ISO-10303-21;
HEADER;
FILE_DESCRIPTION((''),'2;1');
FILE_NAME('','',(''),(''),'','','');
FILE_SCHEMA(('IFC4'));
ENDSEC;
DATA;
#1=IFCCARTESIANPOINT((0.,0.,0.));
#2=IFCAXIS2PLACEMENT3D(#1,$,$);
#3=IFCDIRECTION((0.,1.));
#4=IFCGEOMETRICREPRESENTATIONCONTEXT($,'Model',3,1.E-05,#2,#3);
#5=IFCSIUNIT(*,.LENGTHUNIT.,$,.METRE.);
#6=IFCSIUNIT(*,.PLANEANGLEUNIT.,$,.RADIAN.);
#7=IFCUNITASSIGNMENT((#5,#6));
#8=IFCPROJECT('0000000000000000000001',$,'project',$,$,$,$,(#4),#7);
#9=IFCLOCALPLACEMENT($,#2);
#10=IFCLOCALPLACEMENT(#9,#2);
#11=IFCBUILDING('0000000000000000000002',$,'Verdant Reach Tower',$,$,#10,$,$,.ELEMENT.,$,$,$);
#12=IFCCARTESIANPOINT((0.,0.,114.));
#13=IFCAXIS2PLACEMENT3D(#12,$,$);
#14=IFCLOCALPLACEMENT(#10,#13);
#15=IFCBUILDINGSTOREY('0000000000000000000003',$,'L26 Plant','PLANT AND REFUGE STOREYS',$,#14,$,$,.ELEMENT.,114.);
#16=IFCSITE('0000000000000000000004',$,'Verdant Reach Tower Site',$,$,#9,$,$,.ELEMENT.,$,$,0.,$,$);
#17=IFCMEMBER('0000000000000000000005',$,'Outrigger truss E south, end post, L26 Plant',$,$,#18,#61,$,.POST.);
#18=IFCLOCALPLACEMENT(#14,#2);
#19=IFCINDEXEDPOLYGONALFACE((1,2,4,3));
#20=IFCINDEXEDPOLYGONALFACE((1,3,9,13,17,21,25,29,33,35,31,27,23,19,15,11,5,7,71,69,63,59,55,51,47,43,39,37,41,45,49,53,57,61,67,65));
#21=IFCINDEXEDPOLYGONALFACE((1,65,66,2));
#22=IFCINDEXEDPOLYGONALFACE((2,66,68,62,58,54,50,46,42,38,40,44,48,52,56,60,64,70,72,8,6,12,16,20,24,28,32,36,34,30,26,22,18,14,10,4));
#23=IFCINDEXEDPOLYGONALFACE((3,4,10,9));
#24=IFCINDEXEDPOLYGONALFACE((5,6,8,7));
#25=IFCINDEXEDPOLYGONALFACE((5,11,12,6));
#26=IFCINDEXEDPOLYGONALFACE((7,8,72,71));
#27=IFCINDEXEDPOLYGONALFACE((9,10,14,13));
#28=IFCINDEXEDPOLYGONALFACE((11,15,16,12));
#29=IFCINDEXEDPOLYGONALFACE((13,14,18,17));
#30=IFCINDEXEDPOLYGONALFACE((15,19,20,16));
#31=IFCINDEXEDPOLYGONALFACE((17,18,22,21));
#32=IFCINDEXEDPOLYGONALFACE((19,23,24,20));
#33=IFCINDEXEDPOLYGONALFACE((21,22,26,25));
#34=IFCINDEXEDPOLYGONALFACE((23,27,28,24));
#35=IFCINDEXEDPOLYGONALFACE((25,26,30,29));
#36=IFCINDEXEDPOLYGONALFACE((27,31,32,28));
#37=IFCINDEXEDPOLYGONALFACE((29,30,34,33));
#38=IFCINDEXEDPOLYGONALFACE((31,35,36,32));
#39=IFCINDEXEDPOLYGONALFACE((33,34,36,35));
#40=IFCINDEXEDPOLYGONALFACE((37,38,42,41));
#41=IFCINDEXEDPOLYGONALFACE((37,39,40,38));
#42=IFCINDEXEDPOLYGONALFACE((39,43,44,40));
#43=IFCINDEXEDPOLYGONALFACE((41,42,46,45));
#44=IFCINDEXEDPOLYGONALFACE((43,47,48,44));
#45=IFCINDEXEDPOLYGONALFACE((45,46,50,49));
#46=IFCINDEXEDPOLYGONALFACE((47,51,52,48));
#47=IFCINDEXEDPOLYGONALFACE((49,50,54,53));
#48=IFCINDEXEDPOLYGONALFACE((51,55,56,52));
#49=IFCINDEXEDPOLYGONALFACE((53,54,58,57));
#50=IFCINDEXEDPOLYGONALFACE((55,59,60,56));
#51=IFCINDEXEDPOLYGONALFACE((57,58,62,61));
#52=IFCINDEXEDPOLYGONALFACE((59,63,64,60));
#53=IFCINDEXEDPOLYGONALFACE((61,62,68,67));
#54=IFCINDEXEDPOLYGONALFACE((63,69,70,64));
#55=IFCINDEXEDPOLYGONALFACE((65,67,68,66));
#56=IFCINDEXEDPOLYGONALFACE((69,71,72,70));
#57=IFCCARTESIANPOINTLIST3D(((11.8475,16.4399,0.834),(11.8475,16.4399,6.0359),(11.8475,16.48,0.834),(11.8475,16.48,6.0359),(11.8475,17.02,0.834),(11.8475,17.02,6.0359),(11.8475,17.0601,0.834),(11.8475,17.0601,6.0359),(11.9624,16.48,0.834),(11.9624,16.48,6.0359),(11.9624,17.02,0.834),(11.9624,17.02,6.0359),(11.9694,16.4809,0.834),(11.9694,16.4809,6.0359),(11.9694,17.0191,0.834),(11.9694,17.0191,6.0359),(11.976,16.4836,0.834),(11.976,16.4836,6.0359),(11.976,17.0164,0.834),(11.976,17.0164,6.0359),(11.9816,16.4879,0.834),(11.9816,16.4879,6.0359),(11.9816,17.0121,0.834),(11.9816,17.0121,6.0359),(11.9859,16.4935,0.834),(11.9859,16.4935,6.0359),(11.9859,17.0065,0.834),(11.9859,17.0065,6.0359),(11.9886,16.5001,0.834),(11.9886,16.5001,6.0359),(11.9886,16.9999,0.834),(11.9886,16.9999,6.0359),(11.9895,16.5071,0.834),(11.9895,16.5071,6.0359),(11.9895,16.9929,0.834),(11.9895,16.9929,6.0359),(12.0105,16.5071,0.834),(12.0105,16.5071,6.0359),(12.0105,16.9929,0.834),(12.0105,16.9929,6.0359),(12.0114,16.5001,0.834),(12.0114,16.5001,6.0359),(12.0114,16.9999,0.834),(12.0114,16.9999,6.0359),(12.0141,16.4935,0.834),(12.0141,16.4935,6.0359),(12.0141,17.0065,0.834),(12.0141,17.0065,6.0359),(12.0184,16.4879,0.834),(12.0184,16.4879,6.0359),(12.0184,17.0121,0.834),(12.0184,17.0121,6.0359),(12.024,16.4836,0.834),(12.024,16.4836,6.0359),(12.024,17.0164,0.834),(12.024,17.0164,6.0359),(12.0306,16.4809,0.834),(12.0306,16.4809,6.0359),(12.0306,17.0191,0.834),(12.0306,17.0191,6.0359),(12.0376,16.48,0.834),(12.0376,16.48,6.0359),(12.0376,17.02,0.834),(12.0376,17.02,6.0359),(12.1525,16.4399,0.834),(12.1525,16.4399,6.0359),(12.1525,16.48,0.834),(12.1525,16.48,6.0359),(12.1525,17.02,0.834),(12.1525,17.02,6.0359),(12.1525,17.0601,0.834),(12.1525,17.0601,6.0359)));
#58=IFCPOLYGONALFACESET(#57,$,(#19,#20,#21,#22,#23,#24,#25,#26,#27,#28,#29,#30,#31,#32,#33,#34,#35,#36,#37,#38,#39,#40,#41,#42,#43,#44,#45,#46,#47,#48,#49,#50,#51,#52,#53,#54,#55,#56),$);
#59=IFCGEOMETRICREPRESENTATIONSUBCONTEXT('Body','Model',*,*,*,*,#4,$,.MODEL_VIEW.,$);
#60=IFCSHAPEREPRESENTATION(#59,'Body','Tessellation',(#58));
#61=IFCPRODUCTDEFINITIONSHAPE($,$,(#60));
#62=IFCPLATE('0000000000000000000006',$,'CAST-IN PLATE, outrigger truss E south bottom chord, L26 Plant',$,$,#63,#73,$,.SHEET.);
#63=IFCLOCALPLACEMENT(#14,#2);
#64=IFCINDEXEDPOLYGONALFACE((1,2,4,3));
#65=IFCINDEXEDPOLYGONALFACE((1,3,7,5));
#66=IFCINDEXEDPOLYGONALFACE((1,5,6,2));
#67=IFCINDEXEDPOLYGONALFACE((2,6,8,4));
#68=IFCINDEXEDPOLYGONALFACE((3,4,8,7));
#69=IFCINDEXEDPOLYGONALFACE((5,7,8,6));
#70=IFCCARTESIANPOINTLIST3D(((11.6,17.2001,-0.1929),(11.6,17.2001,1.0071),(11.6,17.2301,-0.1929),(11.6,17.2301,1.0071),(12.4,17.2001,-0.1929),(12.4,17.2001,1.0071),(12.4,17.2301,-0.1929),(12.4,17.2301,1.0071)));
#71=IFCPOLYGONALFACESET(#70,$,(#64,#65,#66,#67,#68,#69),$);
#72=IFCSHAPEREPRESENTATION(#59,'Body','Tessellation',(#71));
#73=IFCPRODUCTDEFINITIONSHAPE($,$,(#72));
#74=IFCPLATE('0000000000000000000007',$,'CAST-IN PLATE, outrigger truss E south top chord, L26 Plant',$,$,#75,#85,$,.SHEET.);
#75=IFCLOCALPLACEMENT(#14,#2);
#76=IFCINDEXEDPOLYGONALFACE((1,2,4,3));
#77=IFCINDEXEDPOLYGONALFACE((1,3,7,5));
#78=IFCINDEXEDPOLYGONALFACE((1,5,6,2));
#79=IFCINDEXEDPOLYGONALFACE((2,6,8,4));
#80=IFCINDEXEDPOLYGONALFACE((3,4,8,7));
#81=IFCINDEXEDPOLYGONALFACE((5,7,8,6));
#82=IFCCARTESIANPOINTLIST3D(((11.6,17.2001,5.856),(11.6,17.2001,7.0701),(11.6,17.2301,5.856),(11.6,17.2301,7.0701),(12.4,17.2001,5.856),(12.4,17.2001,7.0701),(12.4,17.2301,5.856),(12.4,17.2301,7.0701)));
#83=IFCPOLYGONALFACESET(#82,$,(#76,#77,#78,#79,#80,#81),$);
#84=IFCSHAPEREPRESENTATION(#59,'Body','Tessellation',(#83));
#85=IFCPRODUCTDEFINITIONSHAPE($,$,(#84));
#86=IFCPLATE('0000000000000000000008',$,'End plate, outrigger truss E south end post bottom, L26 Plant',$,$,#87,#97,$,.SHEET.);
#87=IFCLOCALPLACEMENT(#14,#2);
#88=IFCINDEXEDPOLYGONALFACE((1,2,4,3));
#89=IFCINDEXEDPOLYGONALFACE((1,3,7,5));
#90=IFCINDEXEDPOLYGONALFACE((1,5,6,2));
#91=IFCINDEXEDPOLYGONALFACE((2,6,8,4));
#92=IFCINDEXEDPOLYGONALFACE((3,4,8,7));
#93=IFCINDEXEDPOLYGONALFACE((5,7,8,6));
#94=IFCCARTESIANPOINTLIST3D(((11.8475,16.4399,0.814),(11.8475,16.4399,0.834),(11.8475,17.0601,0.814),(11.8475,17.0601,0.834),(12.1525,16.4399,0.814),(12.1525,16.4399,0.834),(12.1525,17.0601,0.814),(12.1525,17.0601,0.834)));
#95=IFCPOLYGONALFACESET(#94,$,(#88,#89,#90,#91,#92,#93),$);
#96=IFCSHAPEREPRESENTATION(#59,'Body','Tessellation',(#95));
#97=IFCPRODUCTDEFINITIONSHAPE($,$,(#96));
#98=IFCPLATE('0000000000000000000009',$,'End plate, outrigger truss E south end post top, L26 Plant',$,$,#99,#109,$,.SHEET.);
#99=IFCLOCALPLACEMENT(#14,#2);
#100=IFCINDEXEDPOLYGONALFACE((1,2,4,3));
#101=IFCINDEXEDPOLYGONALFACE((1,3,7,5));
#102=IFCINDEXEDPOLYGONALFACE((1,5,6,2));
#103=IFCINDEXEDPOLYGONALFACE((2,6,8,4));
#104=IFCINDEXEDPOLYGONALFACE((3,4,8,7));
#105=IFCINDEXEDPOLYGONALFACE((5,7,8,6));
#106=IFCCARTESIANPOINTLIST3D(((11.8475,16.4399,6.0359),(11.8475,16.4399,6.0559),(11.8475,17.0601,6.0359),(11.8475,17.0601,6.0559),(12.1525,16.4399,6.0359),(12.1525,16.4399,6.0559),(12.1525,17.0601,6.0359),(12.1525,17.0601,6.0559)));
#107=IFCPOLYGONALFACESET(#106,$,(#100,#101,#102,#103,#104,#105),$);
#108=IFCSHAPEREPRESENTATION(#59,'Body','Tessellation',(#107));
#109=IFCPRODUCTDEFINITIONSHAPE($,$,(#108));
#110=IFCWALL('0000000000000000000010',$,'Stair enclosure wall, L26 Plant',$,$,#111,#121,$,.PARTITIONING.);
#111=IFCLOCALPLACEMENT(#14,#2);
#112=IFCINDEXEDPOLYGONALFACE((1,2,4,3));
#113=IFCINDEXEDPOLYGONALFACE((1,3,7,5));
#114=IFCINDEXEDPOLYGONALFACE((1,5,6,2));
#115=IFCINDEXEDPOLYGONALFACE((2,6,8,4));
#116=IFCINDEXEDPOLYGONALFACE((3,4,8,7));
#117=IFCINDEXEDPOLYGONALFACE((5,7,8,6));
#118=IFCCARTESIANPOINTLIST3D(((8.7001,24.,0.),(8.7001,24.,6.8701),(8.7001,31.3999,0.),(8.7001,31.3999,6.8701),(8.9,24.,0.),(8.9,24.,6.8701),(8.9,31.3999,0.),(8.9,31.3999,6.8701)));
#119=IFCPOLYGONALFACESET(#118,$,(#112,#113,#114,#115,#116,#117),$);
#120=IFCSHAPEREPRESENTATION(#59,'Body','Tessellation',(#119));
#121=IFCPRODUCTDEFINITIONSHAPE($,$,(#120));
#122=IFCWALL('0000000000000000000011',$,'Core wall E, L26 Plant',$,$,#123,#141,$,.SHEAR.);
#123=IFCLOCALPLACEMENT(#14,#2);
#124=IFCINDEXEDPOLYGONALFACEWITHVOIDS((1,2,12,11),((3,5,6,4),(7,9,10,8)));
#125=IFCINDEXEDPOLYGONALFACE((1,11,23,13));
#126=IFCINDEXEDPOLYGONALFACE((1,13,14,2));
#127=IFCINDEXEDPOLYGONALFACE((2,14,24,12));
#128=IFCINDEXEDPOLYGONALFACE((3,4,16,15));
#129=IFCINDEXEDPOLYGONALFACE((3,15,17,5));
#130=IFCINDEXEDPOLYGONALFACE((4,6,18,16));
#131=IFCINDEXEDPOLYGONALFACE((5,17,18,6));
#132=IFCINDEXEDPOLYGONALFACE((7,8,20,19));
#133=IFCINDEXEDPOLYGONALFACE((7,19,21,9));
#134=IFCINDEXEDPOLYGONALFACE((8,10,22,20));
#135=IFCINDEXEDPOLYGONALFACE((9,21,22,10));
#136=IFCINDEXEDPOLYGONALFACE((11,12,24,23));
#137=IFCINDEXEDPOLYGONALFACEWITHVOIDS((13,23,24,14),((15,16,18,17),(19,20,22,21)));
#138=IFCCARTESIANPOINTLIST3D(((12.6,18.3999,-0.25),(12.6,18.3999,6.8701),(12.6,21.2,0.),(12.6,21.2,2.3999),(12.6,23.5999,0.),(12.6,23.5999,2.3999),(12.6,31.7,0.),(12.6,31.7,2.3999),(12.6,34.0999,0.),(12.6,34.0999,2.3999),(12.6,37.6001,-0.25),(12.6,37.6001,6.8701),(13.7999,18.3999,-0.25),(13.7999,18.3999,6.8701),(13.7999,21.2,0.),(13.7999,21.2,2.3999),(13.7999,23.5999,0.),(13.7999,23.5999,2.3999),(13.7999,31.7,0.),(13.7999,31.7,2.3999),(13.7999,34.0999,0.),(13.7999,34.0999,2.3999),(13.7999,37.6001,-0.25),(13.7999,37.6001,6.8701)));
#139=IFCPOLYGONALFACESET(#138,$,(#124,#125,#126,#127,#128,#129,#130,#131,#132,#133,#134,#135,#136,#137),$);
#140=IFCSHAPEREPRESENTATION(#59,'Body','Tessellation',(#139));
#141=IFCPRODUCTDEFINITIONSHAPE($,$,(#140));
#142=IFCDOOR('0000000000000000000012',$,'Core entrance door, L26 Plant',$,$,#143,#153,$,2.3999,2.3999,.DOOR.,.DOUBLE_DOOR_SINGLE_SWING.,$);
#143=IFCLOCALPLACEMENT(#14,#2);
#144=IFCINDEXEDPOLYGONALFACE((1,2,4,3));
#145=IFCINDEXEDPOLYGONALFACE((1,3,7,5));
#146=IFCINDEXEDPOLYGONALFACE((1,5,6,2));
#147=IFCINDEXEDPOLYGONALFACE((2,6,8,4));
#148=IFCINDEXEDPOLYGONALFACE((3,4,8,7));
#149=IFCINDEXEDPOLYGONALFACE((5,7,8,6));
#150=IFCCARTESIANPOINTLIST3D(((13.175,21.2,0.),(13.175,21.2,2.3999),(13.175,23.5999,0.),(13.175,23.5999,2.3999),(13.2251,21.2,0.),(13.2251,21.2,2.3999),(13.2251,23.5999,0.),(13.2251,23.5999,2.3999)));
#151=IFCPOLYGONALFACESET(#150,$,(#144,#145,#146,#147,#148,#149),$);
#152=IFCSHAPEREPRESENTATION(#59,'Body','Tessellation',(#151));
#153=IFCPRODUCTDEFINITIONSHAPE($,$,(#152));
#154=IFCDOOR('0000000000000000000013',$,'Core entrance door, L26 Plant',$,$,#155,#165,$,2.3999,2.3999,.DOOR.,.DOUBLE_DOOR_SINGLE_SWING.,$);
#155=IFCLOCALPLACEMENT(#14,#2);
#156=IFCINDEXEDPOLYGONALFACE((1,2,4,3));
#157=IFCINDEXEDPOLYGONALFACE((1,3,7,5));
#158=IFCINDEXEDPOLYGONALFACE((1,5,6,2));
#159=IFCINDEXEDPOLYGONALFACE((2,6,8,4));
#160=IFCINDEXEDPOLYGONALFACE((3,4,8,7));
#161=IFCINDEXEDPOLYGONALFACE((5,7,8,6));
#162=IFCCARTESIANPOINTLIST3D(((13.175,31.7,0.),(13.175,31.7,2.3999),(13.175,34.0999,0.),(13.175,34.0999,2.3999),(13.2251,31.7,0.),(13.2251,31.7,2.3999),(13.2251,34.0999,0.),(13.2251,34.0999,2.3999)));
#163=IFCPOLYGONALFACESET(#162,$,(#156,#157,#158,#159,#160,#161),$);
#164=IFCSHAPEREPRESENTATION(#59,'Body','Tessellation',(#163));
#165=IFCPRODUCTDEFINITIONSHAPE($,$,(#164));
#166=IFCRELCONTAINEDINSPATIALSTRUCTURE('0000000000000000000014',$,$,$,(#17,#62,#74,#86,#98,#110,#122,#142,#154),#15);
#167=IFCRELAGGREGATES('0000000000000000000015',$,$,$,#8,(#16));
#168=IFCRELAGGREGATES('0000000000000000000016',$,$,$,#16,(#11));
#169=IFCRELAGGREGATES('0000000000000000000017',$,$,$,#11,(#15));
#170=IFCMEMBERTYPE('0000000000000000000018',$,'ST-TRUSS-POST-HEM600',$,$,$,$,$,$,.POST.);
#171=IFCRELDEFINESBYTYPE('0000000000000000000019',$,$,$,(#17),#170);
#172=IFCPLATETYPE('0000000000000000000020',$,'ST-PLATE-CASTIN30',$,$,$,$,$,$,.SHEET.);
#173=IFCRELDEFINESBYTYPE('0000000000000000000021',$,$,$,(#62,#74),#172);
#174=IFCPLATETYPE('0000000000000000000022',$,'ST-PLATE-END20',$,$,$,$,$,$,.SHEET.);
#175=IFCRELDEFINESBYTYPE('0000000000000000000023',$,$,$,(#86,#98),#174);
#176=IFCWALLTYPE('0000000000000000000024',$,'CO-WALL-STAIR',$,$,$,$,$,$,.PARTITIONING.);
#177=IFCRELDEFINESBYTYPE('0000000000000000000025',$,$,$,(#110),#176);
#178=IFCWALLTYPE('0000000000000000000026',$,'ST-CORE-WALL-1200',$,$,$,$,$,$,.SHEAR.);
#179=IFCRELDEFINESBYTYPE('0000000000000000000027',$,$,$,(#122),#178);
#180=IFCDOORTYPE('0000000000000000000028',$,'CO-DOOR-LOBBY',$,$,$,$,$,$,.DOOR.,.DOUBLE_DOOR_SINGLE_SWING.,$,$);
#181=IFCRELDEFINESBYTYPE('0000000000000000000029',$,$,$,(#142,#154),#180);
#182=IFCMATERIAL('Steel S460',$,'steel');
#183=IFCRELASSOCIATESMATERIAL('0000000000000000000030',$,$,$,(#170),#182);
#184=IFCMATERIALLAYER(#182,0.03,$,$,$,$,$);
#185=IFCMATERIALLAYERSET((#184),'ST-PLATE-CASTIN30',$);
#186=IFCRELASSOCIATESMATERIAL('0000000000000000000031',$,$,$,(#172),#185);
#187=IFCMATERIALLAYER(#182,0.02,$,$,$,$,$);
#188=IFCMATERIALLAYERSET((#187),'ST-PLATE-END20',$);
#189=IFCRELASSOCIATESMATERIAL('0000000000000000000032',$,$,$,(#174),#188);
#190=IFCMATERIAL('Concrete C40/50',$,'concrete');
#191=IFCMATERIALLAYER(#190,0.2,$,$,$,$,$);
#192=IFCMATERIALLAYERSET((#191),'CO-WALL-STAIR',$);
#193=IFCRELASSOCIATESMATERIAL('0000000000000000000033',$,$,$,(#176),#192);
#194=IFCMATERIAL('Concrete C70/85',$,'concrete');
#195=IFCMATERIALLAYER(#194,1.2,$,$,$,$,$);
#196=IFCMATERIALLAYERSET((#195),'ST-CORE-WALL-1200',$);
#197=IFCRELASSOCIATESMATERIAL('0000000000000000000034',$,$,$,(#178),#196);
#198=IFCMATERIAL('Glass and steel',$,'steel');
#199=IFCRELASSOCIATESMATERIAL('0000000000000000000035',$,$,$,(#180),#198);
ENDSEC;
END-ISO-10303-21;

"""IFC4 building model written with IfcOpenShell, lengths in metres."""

from ifc_helpers import new_model, si_unit, direction, frame, frame_2d, origin, origin_2d, place, context, subcontext, project, spatial, rectangle, i_section, extrude, material, layer, layer_set, material_profile, profile_set, type_object, element, fill, save


model = new_model("IFC4")

# Units and contexts
model_context = context("Model", 3, precision=1e-05, world=origin(), true_north=direction((0.0, 1.0)))
body_context = subcontext(model_context, "Body", "Model", "MODEL_VIEW")
ifc_project = project(units=[si_unit("LENGTHUNIT", "METRE"), si_unit("PLANEANGLEUNIT", "RADIAN")], contexts=[model_context])

# Site, building, storey
site_placement = place(None, origin())
site = spatial("IfcSite", under=ifc_project, at=site_placement, Name="Verdant Reach Tower Site", CompositionType="ELEMENT", RefElevation=0.0)
building_placement = place(site_placement, origin())
building = spatial("IfcBuilding", under=site, at=building_placement, Name="Verdant Reach Tower", CompositionType="ELEMENT")
storey_placement = place(building_placement, frame((0.0, 0.0, 114.0)))
storey = spatial("IfcBuildingStorey", under=building, at=storey_placement, Name="L26 Plant", Description="PLANT AND REFUGE STOREYS", CompositionType="ELEMENT", Elevation=114.0)

# Member
ifc_material_1 = material(Name="Steel S460", Category="steel")
ifc_material_profile_1 = material_profile(ifc_material_1, i_section(OverallWidth=0.3049, OverallDepth=0.6201, WebThickness=0.021, FlangeThickness=0.04, FilletRadius=0.0271, at=origin_2d()), Name="HEM 600")
ifc_profile_set_1 = profile_set([ifc_material_profile_1], Name="Steel S460")
member_type_1 = type_object("IfcMemberType", Name="ST-TRUSS-POST-HEM600", PredefinedType="POST", material=ifc_profile_set_1)
member_1_placement = place(storey_placement, frame((12.0, 16.75, 0.834), z_axis=(0.0, 0.0, 1.0), x_axis=(1.0, 0.0, 0.0)))
element("IfcMember", 1, at=member_1_placement, inside=storey, type_object=member_type_1, Name="Outrigger truss E south, end post, L26 Plant", PredefinedType="POST", context=body_context, shape_type="SweptSolid", body=[
    extrude(i_section(OverallWidth=0.3049, OverallDepth=0.6201, WebThickness=0.021, FlangeThickness=0.04, FilletRadius=0.0271, at=origin_2d()), origin(), (0.0, 0.0, 1.0), 5.2019),
])

# Plates
ifc_layer_1 = layer(ifc_material_1, 0.03)
ifc_layer_set_1 = layer_set([ifc_layer_1], Name="ST-PLATE-CASTIN30")
plate_type_1 = type_object("IfcPlateType", Name="ST-PLATE-CASTIN30", PredefinedType="SHEET", material=ifc_layer_set_1)
plate_1_placement = place(storey_placement, frame((12.0, 17.2151, -0.1929), z_axis=(0.0, 0.0, 1.0), x_axis=(1.0, 0.0, 0.0)))
element("IfcPlate", 2, at=plate_1_placement, inside=storey, type_object=plate_type_1, Name="CAST-IN PLATE, outrigger truss E south bottom chord, L26 Plant", PredefinedType="SHEET", context=body_context, shape_type="SweptSolid", body=[
    extrude(rectangle(XDim=0.8, YDim=0.03, at=origin_2d()), origin(), (0.0, 0.0, 1.0), 1.2),
])
plate_2_placement = place(storey_placement, frame((12.0, 17.2151, 5.856), z_axis=(0.0, 0.0, 1.0), x_axis=(1.0, 0.0, 0.0)))
element("IfcPlate", 3, at=plate_2_placement, inside=storey, type_object=plate_type_1, Name="CAST-IN PLATE, outrigger truss E south top chord, L26 Plant", PredefinedType="SHEET", context=body_context, shape_type="SweptSolid", body=[
    extrude(rectangle(XDim=0.8, YDim=0.03, at=origin_2d()), origin(), (0.0, 0.0, 1.0), 1.2141),
])
ifc_layer_2 = layer(ifc_material_1, 0.02)
ifc_layer_set_2 = layer_set([ifc_layer_2], Name="ST-PLATE-END20")
plate_type_2 = type_object("IfcPlateType", Name="ST-PLATE-END20", PredefinedType="SHEET", material=ifc_layer_set_2)
for number, where, z_axis, x_axis, name in (
    (4, (12.0, 16.75, 0.814), (0.0, 0.0, 1.0), (1.0, 0.0, 0.0), "End plate, outrigger truss E south end post bottom, L26 Plant"),
    (5, (12.0, 16.75, 6.0359), (0.0, 0.0, 1.0), (1.0, 0.0, 0.0), "End plate, outrigger truss E south end post top, L26 Plant"),
):
    element("IfcPlate", number, at=place(storey_placement, frame(where, z_axis=z_axis, x_axis=x_axis)), inside=storey, type_object=plate_type_2, Name=name, PredefinedType="SHEET", context=body_context, shape_type="SweptSolid", body=[
        extrude(rectangle(XDim=0.3049, YDim=0.6201, at=origin_2d()), origin(), (0.0, 0.0, 1.0), 0.02),
    ])

# Wall
ifc_material_2 = material(Name="Concrete C40/50", Category="concrete")
ifc_layer_3 = layer(ifc_material_2, 0.2)
ifc_layer_set_3 = layer_set([ifc_layer_3], Name="CO-WALL-STAIR")
wall_type_1 = type_object("IfcWallType", Name="CO-WALL-STAIR", PredefinedType="PARTITIONING", material=ifc_layer_set_3)
wall_1_placement = place(storey_placement, frame((8.8, 24.0, 0.0), z_axis=(0.0, 0.0, 1.0), x_axis=(0.0, 1.0, 0.0)))
element("IfcWall", 6, at=wall_1_placement, inside=storey, type_object=wall_type_1, Name="Stair enclosure wall, L26 Plant", PredefinedType="PARTITIONING", context=body_context, shape_type="SweptSolid", body=[
    extrude(rectangle(XDim=7.3999, YDim=0.2, at=frame_2d((3.7, 0.0))), origin(), (0.0, 0.0, 1.0), 6.8701),
])

# Wall, openings, doors
ifc_material_3 = material(Name="Concrete C70/85", Category="concrete")
ifc_layer_4 = layer(ifc_material_3, 1.2)
ifc_layer_set_4 = layer_set([ifc_layer_4], Name="ST-CORE-WALL-1200")
wall_type_2 = type_object("IfcWallType", Name="ST-CORE-WALL-1200", PredefinedType="SHEAR", material=ifc_layer_set_4)
wall_2_placement = place(storey_placement, frame((13.2, 18.3999, -0.25), z_axis=(0.0, 0.0, 1.0), x_axis=(0.0, 1.0, 0.0)))
wall_2 = element("IfcWall", 7, at=wall_2_placement, inside=storey, type_object=wall_type_2, Name="Core wall E, L26 Plant", PredefinedType="SHEAR", context=body_context, shape_type="SweptSolid", body=[
    extrude(rectangle(XDim=19.2002, YDim=1.2, at=frame_2d((9.6001, 0.0))), origin(), (0.0, 0.0, 1.0), 7.1201),
])
opening_1_placement = place(wall_2_placement, frame((2.8, 0.0, 0.25)))
opening_1 = element("IfcOpeningElement", 8, at=opening_1_placement, cuts=wall_2, PredefinedType="OPENING", context=body_context, shape_type="SweptSolid", body=[
    extrude(rectangle(XDim=2.3999, YDim=2.3999, at=frame_2d((1.2, 1.2))), frame((0.0, 0.6099, 0.0), z_axis=(0.0, -1.0, 0.0), x_axis=(1.0, 0.0, 0.0)), (0.0, 0.0, 1.0), 1.22),
])
opening_2_placement = place(wall_2_placement, frame((13.3, 0.0, 0.25)))
opening_2 = element("IfcOpeningElement", 9, at=opening_2_placement, cuts=wall_2, PredefinedType="OPENING", context=body_context, shape_type="SweptSolid", body=[
    extrude(rectangle(XDim=2.3999, YDim=2.3999, at=frame_2d((1.2, 1.2))), frame((0.0, 0.6099, 0.0), z_axis=(0.0, -1.0, 0.0), x_axis=(1.0, 0.0, 0.0)), (0.0, 0.0, 1.0), 1.22),
])
ifc_material_4 = material(Name="Glass and steel", Category="steel")
door_type = type_object("IfcDoorType", Name="CO-DOOR-LOBBY", OperationType="DOUBLE_DOOR_SINGLE_SWING", PredefinedType="DOOR", material=ifc_material_4)
door_1_placement = place(opening_1_placement, origin())
door_1 = element("IfcDoor", 10, at=door_1_placement, inside=storey, type_object=door_type, Name="Core entrance door, L26 Plant", OperationType="DOUBLE_DOOR_SINGLE_SWING", OverallHeight=2.3999, OverallWidth=2.3999, PredefinedType="DOOR", context=body_context, shape_type="SweptSolid", body=[
    extrude(rectangle(XDim=2.3999, YDim=2.3999, at=frame_2d((1.2, 1.2))), frame((0.0, 0.0249, 0.0), z_axis=(0.0, -1.0, 0.0), x_axis=(1.0, 0.0, 0.0)), (0.0, 0.0, 1.0), 0.05),
])
fill(opening_1, door_1)
door_2_placement = place(opening_2_placement, origin())
door_2 = element("IfcDoor", 11, at=door_2_placement, inside=storey, type_object=door_type, Name="Core entrance door, L26 Plant", OperationType="DOUBLE_DOOR_SINGLE_SWING", OverallHeight=2.3999, OverallWidth=2.3999, PredefinedType="DOOR", context=body_context, shape_type="SweptSolid", body=[
    extrude(rectangle(XDim=2.3999, YDim=2.3999, at=frame_2d((1.2, 1.2))), frame((0.0, 0.0249, 0.0), z_axis=(0.0, -1.0, 0.0), x_axis=(1.0, 0.0, 0.0)), (0.0, 0.0, 1.0), 0.05),
])
fill(opening_2, door_2)

save(model, "model.ifc")
